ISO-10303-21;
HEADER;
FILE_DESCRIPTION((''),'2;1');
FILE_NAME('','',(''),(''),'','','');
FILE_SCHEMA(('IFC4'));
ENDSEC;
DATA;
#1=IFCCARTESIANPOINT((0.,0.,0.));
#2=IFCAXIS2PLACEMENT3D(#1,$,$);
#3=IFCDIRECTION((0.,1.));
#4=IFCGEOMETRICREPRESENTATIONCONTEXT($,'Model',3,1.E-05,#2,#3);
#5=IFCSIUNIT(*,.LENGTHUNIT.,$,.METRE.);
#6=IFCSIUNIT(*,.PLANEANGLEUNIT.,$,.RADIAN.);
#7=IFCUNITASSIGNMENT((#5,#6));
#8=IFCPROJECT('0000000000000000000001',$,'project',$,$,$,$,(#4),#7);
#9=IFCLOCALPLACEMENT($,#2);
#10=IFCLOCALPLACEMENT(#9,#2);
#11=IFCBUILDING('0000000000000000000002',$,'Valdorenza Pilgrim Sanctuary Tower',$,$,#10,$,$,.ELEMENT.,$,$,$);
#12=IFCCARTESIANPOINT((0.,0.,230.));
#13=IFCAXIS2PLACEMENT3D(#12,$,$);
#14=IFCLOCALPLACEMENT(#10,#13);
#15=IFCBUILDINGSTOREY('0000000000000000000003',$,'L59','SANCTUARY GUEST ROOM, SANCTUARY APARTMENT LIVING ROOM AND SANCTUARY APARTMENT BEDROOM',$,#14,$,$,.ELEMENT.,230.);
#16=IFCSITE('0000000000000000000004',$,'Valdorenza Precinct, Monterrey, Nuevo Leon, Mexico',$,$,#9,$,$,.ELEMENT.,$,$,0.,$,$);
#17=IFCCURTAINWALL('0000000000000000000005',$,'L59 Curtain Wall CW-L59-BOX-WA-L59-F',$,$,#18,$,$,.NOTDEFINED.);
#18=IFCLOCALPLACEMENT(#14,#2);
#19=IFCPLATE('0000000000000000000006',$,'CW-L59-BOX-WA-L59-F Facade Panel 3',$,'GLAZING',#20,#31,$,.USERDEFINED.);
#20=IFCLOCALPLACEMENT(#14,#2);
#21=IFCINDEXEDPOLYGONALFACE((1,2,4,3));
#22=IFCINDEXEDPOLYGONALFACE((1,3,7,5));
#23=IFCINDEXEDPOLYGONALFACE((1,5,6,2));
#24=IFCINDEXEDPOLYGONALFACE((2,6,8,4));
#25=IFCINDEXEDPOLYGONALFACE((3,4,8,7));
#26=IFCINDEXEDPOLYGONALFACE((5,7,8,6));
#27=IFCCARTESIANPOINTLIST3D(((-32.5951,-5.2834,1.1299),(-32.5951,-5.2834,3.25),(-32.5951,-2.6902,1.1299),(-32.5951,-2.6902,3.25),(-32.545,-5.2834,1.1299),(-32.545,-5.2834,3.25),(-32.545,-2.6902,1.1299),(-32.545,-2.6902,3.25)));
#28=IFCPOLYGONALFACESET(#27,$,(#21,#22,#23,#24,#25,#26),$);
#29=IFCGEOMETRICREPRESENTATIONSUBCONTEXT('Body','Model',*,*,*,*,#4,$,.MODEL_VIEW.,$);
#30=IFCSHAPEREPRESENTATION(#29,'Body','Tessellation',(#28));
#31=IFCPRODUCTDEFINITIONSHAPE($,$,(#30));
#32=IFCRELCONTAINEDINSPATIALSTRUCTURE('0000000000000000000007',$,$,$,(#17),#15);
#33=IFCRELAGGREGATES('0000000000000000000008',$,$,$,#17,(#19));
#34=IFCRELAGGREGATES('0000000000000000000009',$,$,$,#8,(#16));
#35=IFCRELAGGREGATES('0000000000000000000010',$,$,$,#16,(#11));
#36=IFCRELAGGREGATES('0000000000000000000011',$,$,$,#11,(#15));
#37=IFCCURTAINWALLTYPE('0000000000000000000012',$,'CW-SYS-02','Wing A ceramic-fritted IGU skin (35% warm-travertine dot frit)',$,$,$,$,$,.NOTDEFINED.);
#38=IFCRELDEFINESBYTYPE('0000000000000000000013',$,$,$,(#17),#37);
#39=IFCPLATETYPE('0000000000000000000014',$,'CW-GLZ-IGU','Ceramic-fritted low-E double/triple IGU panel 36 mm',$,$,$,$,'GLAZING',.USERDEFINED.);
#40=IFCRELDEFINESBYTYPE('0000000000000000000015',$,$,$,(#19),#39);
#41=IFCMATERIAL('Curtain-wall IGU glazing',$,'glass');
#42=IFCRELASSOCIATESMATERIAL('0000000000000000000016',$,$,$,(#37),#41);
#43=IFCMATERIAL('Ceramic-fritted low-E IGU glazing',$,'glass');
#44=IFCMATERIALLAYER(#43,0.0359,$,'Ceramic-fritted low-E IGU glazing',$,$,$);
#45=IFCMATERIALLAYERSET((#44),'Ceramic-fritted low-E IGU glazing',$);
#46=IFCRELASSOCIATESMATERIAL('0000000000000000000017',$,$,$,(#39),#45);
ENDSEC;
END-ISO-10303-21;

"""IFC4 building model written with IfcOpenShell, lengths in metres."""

from ifc_helpers import new_model, si_unit, direction, frame, origin, origin_2d, place, context, subcontext, project, spatial, rectangle, extrude, source, transform, mapped, material, layer, layer_set, type_object, element, aggregate, save


model = new_model("IFC4")

# Units and contexts
model_context = context("Model", 3, precision=1e-05, world=origin(), true_north=direction((0.0, 1.0)))
body_context = subcontext(model_context, "Body", "Model", "MODEL_VIEW")
ifc_project = project(units=[si_unit("LENGTHUNIT", "METRE"), si_unit("PLANEANGLEUNIT", "RADIAN")], contexts=[model_context])

# Site, building, storey
site_placement = place(None, origin())
site = spatial("IfcSite", under=ifc_project, at=site_placement, Name="Valdorenza Precinct, Monterrey, Nuevo Leon, Mexico", CompositionType="ELEMENT", RefElevation=0.0)
building_placement = place(site_placement, origin())
building = spatial("IfcBuilding", under=site, at=building_placement, Name="Valdorenza Pilgrim Sanctuary Tower", CompositionType="ELEMENT")
storey_placement = place(building_placement, frame((0.0, 0.0, 230.0)))
storey = spatial("IfcBuildingStorey", under=building, at=storey_placement, Name="L59", Description="SANCTUARY GUEST ROOM, SANCTUARY APARTMENT LIVING ROOM AND SANCTUARY APARTMENT BEDROOM", CompositionType="ELEMENT", Elevation=230.0)

# Curtain wall
ifc_material_1 = material(Name="Curtain-wall IGU glazing", Category="glass")
curtain_wall_type = type_object("IfcCurtainWallType", Name="CW-SYS-02", Description="Wing A ceramic-fritted IGU skin (35% warm-travertine dot frit)", PredefinedType="NOTDEFINED", material=ifc_material_1)
curtain_wall_1_placement = place(storey_placement, origin())
curtain_wall_1 = element("IfcCurtainWall", 1, at=curtain_wall_1_placement, inside=storey, type_object=curtain_wall_type, Name="L59 Curtain Wall CW-L59-BOX-WA-L59-F", PredefinedType="NOTDEFINED")

# Plate
ifc_material_2 = material(Name="Ceramic-fritted low-E IGU glazing", Category="glass")
ifc_layer_1 = layer(ifc_material_2, 0.0359, Name="Ceramic-fritted low-E IGU glazing")
ifc_layer_set_1 = layer_set([ifc_layer_1], Name="Ceramic-fritted low-E IGU glazing")
plate_type_1 = type_object("IfcPlateType", Name="CW-GLZ-IGU", Description="Ceramic-fritted low-E double/triple IGU panel 36 mm", ElementType="GLAZING", PredefinedType="USERDEFINED", material=ifc_layer_set_1)
shared_shape_1 = source(origin(), body_context, "Body", "SweptSolid", [
    extrude(rectangle(XDim=2.5933, YDim=0.05, at=origin_2d()), origin(), (0.0, 0.0, 1.0), 2.1201),
])
plate_1_placement = place(storey_placement, frame((-32.5701, -3.9868, 1.1299), z_axis=(0.0, 0.0, 1.0), x_axis=(0.0, 1.0, 0.0)))
plate_1 = element("IfcPlate", 2, at=plate_1_placement, type_object=plate_type_1, Name="CW-L59-BOX-WA-L59-F Facade Panel 3", ObjectType="GLAZING", PredefinedType="USERDEFINED", context=body_context, shape_type="MappedRepresentation", body=[
    mapped(shared_shape_1, transform((0.0, 0.0, 0.0), x_axis=(1.0, 0.0, 0.0), y_axis=(0.0, 1.0, 0.0), z_axis=(0.0, 0.0, 1.0), scale=1.0)),
])
aggregate(curtain_wall_1, [plate_1])

save(model, "model.ifc")
